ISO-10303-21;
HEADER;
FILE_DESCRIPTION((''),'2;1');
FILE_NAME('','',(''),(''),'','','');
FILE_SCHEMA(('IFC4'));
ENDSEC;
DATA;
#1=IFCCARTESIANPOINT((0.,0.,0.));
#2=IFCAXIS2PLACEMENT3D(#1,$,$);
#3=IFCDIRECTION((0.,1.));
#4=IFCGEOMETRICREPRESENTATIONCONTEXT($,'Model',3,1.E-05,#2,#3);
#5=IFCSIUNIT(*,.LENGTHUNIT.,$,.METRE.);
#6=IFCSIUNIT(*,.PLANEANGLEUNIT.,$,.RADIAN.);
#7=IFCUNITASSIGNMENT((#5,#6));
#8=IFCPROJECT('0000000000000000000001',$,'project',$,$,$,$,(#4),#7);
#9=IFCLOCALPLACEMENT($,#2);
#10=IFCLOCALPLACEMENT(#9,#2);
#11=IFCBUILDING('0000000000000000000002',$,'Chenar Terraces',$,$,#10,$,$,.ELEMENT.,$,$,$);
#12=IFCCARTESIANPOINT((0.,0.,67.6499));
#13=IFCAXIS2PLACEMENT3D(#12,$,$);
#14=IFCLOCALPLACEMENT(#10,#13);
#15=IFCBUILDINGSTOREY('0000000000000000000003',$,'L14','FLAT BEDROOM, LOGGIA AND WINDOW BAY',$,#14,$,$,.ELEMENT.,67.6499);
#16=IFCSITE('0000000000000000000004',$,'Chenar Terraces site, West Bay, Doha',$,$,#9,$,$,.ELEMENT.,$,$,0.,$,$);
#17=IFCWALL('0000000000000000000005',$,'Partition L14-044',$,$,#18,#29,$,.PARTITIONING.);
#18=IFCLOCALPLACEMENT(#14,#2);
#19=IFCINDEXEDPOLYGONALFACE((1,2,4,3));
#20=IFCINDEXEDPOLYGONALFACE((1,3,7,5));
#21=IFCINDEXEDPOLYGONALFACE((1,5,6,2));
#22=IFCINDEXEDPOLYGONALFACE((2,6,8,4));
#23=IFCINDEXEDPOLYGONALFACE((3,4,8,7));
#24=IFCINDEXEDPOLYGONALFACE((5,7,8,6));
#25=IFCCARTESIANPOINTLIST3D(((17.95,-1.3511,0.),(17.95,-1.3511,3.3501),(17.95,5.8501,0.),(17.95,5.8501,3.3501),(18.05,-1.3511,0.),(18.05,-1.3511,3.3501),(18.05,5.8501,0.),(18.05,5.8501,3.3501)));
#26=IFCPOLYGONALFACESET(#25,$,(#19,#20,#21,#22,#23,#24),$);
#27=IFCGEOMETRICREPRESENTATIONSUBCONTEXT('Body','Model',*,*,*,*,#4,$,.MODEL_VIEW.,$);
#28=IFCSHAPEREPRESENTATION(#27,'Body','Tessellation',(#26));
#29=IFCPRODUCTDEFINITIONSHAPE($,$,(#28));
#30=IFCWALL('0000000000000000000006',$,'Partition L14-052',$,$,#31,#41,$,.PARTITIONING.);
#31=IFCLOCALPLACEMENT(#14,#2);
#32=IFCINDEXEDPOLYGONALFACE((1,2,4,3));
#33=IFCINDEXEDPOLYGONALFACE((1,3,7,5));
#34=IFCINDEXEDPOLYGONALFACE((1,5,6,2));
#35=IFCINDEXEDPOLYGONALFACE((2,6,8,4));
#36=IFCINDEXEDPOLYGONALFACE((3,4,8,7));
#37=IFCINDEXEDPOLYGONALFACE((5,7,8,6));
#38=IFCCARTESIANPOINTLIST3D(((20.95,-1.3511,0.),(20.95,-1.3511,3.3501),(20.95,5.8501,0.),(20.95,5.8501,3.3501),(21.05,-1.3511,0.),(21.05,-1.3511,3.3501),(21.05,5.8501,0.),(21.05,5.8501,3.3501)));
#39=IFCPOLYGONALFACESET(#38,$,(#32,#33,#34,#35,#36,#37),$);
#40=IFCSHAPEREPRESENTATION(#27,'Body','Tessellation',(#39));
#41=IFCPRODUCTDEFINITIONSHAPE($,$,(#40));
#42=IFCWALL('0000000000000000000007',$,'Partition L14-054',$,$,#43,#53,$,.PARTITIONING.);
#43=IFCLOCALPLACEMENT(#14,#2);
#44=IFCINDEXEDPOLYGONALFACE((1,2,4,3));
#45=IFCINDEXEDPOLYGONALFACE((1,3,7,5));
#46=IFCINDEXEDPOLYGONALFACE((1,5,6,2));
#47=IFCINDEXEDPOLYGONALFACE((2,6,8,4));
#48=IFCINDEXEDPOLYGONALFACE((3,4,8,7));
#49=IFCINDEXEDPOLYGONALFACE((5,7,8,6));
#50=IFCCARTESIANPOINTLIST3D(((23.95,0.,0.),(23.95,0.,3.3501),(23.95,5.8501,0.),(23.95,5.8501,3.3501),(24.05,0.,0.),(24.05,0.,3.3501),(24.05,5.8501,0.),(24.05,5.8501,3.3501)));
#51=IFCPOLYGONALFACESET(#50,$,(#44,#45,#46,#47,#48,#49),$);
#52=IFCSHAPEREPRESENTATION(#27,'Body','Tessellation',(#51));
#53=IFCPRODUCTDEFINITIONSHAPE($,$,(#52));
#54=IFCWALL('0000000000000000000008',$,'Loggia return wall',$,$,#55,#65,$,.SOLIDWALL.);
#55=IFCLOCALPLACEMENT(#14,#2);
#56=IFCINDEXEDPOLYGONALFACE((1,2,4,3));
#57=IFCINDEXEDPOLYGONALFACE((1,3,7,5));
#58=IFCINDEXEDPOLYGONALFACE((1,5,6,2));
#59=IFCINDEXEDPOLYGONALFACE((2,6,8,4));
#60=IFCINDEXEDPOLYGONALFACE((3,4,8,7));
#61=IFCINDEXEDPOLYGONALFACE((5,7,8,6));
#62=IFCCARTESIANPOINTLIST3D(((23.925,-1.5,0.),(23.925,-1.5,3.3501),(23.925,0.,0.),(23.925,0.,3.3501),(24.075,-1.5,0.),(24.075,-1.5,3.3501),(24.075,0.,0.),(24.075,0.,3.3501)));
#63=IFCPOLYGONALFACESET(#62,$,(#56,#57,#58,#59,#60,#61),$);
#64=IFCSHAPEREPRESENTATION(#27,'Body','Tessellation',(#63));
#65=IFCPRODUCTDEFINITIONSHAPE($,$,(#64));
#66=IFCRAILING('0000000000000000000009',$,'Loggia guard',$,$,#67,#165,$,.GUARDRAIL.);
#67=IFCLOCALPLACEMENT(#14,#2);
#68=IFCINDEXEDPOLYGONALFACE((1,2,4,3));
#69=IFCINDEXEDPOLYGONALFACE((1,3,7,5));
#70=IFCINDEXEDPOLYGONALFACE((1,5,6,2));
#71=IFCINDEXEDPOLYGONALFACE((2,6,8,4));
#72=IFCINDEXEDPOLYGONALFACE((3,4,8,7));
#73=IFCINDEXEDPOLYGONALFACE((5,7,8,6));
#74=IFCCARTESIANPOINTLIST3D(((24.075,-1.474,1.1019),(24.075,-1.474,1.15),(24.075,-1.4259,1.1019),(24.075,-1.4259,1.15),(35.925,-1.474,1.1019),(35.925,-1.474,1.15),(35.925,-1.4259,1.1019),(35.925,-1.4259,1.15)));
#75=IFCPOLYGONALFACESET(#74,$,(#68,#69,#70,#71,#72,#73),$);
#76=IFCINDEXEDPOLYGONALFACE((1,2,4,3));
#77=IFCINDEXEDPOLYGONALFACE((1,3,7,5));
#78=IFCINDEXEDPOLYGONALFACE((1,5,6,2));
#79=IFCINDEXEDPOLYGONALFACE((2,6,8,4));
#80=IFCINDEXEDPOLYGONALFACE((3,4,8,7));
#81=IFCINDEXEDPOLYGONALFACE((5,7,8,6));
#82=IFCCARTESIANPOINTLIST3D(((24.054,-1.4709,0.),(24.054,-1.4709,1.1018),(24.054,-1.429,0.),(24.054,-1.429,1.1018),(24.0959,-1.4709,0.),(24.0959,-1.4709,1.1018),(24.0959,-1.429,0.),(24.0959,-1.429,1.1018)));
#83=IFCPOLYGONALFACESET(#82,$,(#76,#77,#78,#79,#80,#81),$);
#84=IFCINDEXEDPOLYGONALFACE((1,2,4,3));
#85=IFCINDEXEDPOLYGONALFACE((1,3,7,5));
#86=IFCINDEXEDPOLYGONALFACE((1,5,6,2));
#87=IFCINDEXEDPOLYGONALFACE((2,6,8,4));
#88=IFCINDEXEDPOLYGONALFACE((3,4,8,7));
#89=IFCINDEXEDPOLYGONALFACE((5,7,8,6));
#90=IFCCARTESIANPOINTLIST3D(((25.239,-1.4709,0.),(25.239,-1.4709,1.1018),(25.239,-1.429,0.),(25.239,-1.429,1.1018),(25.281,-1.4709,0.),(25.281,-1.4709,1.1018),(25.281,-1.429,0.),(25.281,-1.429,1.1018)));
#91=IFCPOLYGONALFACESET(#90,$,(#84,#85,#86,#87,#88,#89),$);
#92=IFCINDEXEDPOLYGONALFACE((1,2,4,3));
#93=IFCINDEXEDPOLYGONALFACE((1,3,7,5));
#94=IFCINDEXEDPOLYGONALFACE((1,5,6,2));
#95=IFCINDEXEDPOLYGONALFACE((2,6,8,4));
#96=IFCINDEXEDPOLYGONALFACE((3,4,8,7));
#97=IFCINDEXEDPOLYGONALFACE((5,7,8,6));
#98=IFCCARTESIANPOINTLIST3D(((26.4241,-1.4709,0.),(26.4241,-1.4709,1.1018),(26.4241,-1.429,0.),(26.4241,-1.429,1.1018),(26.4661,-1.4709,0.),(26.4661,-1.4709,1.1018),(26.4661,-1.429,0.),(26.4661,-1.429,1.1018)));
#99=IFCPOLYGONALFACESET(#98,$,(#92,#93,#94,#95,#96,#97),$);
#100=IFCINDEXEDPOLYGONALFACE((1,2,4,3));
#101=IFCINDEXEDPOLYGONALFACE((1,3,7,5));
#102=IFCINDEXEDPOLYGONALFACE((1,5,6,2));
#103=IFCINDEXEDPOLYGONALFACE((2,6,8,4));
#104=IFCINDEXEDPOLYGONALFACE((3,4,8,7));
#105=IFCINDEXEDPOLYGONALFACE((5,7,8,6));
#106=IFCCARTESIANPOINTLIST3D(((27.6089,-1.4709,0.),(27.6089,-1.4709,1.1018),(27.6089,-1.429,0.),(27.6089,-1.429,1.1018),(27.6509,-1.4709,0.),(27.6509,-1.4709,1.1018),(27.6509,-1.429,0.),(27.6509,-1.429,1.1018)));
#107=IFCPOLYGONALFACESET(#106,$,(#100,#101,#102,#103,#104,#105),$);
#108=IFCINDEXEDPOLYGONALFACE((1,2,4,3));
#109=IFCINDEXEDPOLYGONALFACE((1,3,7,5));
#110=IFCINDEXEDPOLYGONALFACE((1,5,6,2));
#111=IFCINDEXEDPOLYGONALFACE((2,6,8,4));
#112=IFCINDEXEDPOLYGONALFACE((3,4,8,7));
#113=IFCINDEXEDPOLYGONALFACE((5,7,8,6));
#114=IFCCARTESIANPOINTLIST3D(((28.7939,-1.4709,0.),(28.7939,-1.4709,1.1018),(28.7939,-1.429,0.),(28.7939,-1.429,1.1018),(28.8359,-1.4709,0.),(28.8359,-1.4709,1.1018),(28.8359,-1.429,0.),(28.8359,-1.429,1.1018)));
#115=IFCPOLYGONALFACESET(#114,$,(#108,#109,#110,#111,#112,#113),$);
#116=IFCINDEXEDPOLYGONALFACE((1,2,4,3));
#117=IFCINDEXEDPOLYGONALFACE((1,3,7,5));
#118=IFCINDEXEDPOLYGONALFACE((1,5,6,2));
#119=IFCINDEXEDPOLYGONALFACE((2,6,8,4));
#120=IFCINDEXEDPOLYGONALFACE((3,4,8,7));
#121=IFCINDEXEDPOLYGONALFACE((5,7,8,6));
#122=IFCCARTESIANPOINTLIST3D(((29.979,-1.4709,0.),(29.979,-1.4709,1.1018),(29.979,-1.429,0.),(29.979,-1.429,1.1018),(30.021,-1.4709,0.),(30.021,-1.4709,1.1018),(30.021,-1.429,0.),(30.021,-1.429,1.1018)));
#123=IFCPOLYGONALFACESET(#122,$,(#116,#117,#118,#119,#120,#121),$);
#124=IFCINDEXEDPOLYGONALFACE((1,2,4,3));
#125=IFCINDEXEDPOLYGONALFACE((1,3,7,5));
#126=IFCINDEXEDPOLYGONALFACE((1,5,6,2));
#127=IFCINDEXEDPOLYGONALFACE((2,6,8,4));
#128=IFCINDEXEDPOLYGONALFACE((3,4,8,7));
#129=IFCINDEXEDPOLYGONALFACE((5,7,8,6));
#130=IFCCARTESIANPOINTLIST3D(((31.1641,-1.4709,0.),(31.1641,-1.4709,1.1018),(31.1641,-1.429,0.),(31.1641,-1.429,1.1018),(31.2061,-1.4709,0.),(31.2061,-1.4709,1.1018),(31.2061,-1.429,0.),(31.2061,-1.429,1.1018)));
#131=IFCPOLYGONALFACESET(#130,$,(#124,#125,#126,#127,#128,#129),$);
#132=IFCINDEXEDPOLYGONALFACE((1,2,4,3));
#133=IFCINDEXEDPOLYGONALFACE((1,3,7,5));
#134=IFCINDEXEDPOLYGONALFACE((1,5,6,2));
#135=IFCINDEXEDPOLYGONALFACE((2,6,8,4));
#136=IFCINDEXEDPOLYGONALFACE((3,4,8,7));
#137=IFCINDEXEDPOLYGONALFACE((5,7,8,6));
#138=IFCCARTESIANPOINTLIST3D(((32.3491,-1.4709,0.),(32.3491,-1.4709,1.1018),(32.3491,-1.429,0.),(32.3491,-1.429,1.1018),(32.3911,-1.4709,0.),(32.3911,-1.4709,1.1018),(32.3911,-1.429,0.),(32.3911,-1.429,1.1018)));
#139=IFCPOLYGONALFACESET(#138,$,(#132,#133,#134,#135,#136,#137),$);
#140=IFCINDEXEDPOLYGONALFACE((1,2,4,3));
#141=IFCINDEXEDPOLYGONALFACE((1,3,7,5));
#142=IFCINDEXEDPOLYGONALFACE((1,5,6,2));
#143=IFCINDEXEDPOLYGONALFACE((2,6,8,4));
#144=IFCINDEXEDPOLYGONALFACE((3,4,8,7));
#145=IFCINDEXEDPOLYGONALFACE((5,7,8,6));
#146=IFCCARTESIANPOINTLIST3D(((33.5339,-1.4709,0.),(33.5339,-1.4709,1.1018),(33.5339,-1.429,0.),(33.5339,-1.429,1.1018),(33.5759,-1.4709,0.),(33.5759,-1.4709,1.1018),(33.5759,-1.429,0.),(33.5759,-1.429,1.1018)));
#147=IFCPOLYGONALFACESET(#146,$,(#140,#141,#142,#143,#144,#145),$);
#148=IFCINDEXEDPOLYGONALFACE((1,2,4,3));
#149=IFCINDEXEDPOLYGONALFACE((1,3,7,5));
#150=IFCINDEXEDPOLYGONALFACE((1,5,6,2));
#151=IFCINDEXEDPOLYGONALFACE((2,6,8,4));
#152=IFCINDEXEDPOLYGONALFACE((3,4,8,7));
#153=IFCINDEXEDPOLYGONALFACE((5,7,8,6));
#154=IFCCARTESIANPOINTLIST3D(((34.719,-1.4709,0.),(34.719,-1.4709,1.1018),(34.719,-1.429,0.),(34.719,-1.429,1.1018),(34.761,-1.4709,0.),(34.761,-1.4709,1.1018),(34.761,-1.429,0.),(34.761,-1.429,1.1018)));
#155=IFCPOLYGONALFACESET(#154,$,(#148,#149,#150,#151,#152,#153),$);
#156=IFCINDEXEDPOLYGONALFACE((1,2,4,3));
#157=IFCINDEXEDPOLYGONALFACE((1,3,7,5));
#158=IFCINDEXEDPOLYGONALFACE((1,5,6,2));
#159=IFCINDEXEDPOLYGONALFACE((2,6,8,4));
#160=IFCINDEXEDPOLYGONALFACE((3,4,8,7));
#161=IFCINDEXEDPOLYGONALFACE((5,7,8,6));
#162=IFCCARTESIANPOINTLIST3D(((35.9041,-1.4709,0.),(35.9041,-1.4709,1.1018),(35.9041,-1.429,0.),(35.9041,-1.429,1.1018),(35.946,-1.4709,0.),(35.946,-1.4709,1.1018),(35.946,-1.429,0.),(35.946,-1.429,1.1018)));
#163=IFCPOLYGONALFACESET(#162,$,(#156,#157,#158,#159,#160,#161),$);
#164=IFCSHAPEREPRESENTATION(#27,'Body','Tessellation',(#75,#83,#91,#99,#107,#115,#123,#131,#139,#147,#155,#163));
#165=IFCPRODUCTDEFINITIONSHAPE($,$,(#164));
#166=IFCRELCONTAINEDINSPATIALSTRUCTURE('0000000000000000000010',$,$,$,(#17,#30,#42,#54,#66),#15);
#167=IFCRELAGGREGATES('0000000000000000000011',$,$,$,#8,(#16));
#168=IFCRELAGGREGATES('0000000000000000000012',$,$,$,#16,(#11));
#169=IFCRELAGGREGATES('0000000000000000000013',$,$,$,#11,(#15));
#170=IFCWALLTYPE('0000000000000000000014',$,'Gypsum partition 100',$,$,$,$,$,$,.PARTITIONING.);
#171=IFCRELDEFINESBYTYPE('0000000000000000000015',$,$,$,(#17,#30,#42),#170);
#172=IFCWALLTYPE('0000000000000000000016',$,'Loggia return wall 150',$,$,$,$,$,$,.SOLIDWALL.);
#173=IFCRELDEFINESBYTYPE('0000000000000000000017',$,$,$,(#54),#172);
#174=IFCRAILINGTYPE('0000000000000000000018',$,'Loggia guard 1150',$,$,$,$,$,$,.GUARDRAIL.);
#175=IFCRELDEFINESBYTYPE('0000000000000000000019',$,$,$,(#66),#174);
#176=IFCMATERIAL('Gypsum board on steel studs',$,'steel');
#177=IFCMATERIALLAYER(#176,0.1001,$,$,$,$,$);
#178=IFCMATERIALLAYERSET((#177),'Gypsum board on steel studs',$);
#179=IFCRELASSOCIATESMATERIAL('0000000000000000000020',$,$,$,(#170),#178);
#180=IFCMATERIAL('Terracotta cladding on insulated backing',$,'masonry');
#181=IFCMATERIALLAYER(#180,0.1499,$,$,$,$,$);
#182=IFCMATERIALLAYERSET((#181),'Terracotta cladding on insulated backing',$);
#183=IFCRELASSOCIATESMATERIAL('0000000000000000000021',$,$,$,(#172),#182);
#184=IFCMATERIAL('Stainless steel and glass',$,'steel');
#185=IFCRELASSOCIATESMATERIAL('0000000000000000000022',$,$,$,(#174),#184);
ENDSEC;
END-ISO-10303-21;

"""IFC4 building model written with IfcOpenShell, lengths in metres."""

from ifc_helpers import new_model, si_unit, direction, frame, frame_2d, origin, origin_2d, place, context, subcontext, project, spatial, rectangle, extrude, material, layer, layer_set, type_object, element, save


model = new_model("IFC4")

# Units and contexts
model_context = context("Model", 3, precision=1e-05, world=origin(), true_north=direction((0.0, 1.0)))
body_context = subcontext(model_context, "Body", "Model", "MODEL_VIEW")
ifc_project = project(units=[si_unit("LENGTHUNIT", "METRE"), si_unit("PLANEANGLEUNIT", "RADIAN")], contexts=[model_context])

# Site, building, storey
site_placement = place(None, origin())
site = spatial("IfcSite", under=ifc_project, at=site_placement, Name="Chenar Terraces site, West Bay, Doha", CompositionType="ELEMENT", RefElevation=0.0)
building_placement = place(site_placement, origin())
building = spatial("IfcBuilding", under=site, at=building_placement, Name="Chenar Terraces", CompositionType="ELEMENT")
storey_placement = place(building_placement, frame((0.0, 0.0, 67.6499)))
storey = spatial("IfcBuildingStorey", under=building, at=storey_placement, Name="L14", Description="FLAT BEDROOM, LOGGIA AND WINDOW BAY", CompositionType="ELEMENT", Elevation=67.6499)

# Walls
ifc_material_1 = material(Name="Gypsum board on steel studs", Category="steel")
ifc_layer_1 = layer(ifc_material_1, 0.1001)
ifc_layer_set_1 = layer_set([ifc_layer_1], Name="Gypsum board on steel studs")
wall_type_1 = type_object("IfcWallType", Name="Gypsum partition 100", PredefinedType="PARTITIONING", material=ifc_layer_set_1)
for number, where, z_axis, x_axis, name in (
    (1, (18.0, -1.3511, 0.0), (0.0, 0.0, 1.0), (0.0, 1.0, 0.0), "Partition L14-044"),
    (2, (21.0, -1.3511, 0.0), (0.0, 0.0, 1.0), (0.0, 1.0, 0.0), "Partition L14-052"),
):
    element("IfcWall", number, at=place(storey_placement, frame(where, z_axis=z_axis, x_axis=x_axis)), inside=storey, type_object=wall_type_1, Name=name, PredefinedType="PARTITIONING", context=body_context, shape_type="SweptSolid", body=[
        extrude(rectangle(XDim=7.2012, YDim=0.1001, at=frame_2d((3.6006, 0.0))), origin(), (0.0, 0.0, 1.0), 3.3501),
    ])
wall_1_placement = place(storey_placement, frame((24.0, 0.0, 0.0), z_axis=(0.0, 0.0, 1.0), x_axis=(0.0, 1.0, 0.0)))
element("IfcWall", 3, at=wall_1_placement, inside=storey, type_object=wall_type_1, Name="Partition L14-054", PredefinedType="PARTITIONING", context=body_context, shape_type="SweptSolid", body=[
    extrude(rectangle(XDim=5.8501, YDim=0.1001, at=frame_2d((2.925, 0.0))), origin(), (0.0, 0.0, 1.0), 3.3501),
])
ifc_material_2 = material(Name="Terracotta cladding on insulated backing", Category="masonry")
ifc_layer_2 = layer(ifc_material_2, 0.1499)
ifc_layer_set_2 = layer_set([ifc_layer_2], Name="Terracotta cladding on insulated backing")
wall_type_2 = type_object("IfcWallType", Name="Loggia return wall 150", PredefinedType="SOLIDWALL", material=ifc_layer_set_2)
wall_2_placement = place(storey_placement, frame((24.0, -1.5, 0.0), z_axis=(0.0, 0.0, 1.0), x_axis=(0.0, 1.0, 0.0)))
element("IfcWall", 4, at=wall_2_placement, inside=storey, type_object=wall_type_2, Name="Loggia return wall", PredefinedType="SOLIDWALL", context=body_context, shape_type="SweptSolid", body=[
    extrude(rectangle(XDim=1.5, YDim=0.1499, at=frame_2d((0.75, 0.0))), origin(), (0.0, 0.0, 1.0), 3.3501),
])

# Railing
ifc_material_3 = material(Name="Stainless steel and glass", Category="steel")
railing_type = type_object("IfcRailingType", Name="Loggia guard 1150", PredefinedType="GUARDRAIL", material=ifc_material_3)
railing_placement = place(storey_placement, frame((24.075, -1.45, 0.0)))
element("IfcRailing", 5, at=railing_placement, inside=storey, type_object=railing_type, Name="Loggia guard", PredefinedType="GUARDRAIL", context=body_context, shape_type="SweptSolid", body=[
    extrude(rectangle(XDim=0.0481, YDim=0.0481, at=origin_2d()), frame((0.0, 0.0, 1.126), z_axis=(1.0, 0.0, 0.0), x_axis=(0.0, 1.0, 0.0)), (0.0, 0.0, 1.0), 11.8501),
    extrude(rectangle(XDim=0.042, YDim=0.042, at=origin_2d()), origin(), (0.0, 0.0, 1.0), 1.1018),
    extrude(rectangle(XDim=0.042, YDim=0.042, at=origin_2d()), frame((1.1851, 0.0, 0.0)), (0.0, 0.0, 1.0), 1.1018),
    extrude(rectangle(XDim=0.042, YDim=0.042, at=origin_2d()), frame((2.3701, 0.0, 0.0)), (0.0, 0.0, 1.0), 1.1018),
    extrude(rectangle(XDim=0.042, YDim=0.042, at=origin_2d()), frame((3.5549, 0.0, 0.0)), (0.0, 0.0, 1.0), 1.1018),
    extrude(rectangle(XDim=0.042, YDim=0.042, at=origin_2d()), frame((4.74, 0.0, 0.0)), (0.0, 0.0, 1.0), 1.1018),
    extrude(rectangle(XDim=0.042, YDim=0.042, at=origin_2d()), frame((5.925, 0.0, 0.0)), (0.0, 0.0, 1.0), 1.1018),
    extrude(rectangle(XDim=0.042, YDim=0.042, at=origin_2d()), frame((7.1101, 0.0, 0.0)), (0.0, 0.0, 1.0), 1.1018),
    extrude(rectangle(XDim=0.042, YDim=0.042, at=origin_2d()), frame((8.2952, 0.0, 0.0)), (0.0, 0.0, 1.0), 1.1018),
    extrude(rectangle(XDim=0.042, YDim=0.042, at=origin_2d()), frame((9.48, 0.0, 0.0)), (0.0, 0.0, 1.0), 1.1018),
    extrude(rectangle(XDim=0.042, YDim=0.042, at=origin_2d()), frame((10.665, 0.0, 0.0)), (0.0, 0.0, 1.0), 1.1018),
    extrude(rectangle(XDim=0.042, YDim=0.042, at=origin_2d()), frame((11.8501, 0.0, 0.0)), (0.0, 0.0, 1.0), 1.1018),
])

save(model, "model.ifc")
